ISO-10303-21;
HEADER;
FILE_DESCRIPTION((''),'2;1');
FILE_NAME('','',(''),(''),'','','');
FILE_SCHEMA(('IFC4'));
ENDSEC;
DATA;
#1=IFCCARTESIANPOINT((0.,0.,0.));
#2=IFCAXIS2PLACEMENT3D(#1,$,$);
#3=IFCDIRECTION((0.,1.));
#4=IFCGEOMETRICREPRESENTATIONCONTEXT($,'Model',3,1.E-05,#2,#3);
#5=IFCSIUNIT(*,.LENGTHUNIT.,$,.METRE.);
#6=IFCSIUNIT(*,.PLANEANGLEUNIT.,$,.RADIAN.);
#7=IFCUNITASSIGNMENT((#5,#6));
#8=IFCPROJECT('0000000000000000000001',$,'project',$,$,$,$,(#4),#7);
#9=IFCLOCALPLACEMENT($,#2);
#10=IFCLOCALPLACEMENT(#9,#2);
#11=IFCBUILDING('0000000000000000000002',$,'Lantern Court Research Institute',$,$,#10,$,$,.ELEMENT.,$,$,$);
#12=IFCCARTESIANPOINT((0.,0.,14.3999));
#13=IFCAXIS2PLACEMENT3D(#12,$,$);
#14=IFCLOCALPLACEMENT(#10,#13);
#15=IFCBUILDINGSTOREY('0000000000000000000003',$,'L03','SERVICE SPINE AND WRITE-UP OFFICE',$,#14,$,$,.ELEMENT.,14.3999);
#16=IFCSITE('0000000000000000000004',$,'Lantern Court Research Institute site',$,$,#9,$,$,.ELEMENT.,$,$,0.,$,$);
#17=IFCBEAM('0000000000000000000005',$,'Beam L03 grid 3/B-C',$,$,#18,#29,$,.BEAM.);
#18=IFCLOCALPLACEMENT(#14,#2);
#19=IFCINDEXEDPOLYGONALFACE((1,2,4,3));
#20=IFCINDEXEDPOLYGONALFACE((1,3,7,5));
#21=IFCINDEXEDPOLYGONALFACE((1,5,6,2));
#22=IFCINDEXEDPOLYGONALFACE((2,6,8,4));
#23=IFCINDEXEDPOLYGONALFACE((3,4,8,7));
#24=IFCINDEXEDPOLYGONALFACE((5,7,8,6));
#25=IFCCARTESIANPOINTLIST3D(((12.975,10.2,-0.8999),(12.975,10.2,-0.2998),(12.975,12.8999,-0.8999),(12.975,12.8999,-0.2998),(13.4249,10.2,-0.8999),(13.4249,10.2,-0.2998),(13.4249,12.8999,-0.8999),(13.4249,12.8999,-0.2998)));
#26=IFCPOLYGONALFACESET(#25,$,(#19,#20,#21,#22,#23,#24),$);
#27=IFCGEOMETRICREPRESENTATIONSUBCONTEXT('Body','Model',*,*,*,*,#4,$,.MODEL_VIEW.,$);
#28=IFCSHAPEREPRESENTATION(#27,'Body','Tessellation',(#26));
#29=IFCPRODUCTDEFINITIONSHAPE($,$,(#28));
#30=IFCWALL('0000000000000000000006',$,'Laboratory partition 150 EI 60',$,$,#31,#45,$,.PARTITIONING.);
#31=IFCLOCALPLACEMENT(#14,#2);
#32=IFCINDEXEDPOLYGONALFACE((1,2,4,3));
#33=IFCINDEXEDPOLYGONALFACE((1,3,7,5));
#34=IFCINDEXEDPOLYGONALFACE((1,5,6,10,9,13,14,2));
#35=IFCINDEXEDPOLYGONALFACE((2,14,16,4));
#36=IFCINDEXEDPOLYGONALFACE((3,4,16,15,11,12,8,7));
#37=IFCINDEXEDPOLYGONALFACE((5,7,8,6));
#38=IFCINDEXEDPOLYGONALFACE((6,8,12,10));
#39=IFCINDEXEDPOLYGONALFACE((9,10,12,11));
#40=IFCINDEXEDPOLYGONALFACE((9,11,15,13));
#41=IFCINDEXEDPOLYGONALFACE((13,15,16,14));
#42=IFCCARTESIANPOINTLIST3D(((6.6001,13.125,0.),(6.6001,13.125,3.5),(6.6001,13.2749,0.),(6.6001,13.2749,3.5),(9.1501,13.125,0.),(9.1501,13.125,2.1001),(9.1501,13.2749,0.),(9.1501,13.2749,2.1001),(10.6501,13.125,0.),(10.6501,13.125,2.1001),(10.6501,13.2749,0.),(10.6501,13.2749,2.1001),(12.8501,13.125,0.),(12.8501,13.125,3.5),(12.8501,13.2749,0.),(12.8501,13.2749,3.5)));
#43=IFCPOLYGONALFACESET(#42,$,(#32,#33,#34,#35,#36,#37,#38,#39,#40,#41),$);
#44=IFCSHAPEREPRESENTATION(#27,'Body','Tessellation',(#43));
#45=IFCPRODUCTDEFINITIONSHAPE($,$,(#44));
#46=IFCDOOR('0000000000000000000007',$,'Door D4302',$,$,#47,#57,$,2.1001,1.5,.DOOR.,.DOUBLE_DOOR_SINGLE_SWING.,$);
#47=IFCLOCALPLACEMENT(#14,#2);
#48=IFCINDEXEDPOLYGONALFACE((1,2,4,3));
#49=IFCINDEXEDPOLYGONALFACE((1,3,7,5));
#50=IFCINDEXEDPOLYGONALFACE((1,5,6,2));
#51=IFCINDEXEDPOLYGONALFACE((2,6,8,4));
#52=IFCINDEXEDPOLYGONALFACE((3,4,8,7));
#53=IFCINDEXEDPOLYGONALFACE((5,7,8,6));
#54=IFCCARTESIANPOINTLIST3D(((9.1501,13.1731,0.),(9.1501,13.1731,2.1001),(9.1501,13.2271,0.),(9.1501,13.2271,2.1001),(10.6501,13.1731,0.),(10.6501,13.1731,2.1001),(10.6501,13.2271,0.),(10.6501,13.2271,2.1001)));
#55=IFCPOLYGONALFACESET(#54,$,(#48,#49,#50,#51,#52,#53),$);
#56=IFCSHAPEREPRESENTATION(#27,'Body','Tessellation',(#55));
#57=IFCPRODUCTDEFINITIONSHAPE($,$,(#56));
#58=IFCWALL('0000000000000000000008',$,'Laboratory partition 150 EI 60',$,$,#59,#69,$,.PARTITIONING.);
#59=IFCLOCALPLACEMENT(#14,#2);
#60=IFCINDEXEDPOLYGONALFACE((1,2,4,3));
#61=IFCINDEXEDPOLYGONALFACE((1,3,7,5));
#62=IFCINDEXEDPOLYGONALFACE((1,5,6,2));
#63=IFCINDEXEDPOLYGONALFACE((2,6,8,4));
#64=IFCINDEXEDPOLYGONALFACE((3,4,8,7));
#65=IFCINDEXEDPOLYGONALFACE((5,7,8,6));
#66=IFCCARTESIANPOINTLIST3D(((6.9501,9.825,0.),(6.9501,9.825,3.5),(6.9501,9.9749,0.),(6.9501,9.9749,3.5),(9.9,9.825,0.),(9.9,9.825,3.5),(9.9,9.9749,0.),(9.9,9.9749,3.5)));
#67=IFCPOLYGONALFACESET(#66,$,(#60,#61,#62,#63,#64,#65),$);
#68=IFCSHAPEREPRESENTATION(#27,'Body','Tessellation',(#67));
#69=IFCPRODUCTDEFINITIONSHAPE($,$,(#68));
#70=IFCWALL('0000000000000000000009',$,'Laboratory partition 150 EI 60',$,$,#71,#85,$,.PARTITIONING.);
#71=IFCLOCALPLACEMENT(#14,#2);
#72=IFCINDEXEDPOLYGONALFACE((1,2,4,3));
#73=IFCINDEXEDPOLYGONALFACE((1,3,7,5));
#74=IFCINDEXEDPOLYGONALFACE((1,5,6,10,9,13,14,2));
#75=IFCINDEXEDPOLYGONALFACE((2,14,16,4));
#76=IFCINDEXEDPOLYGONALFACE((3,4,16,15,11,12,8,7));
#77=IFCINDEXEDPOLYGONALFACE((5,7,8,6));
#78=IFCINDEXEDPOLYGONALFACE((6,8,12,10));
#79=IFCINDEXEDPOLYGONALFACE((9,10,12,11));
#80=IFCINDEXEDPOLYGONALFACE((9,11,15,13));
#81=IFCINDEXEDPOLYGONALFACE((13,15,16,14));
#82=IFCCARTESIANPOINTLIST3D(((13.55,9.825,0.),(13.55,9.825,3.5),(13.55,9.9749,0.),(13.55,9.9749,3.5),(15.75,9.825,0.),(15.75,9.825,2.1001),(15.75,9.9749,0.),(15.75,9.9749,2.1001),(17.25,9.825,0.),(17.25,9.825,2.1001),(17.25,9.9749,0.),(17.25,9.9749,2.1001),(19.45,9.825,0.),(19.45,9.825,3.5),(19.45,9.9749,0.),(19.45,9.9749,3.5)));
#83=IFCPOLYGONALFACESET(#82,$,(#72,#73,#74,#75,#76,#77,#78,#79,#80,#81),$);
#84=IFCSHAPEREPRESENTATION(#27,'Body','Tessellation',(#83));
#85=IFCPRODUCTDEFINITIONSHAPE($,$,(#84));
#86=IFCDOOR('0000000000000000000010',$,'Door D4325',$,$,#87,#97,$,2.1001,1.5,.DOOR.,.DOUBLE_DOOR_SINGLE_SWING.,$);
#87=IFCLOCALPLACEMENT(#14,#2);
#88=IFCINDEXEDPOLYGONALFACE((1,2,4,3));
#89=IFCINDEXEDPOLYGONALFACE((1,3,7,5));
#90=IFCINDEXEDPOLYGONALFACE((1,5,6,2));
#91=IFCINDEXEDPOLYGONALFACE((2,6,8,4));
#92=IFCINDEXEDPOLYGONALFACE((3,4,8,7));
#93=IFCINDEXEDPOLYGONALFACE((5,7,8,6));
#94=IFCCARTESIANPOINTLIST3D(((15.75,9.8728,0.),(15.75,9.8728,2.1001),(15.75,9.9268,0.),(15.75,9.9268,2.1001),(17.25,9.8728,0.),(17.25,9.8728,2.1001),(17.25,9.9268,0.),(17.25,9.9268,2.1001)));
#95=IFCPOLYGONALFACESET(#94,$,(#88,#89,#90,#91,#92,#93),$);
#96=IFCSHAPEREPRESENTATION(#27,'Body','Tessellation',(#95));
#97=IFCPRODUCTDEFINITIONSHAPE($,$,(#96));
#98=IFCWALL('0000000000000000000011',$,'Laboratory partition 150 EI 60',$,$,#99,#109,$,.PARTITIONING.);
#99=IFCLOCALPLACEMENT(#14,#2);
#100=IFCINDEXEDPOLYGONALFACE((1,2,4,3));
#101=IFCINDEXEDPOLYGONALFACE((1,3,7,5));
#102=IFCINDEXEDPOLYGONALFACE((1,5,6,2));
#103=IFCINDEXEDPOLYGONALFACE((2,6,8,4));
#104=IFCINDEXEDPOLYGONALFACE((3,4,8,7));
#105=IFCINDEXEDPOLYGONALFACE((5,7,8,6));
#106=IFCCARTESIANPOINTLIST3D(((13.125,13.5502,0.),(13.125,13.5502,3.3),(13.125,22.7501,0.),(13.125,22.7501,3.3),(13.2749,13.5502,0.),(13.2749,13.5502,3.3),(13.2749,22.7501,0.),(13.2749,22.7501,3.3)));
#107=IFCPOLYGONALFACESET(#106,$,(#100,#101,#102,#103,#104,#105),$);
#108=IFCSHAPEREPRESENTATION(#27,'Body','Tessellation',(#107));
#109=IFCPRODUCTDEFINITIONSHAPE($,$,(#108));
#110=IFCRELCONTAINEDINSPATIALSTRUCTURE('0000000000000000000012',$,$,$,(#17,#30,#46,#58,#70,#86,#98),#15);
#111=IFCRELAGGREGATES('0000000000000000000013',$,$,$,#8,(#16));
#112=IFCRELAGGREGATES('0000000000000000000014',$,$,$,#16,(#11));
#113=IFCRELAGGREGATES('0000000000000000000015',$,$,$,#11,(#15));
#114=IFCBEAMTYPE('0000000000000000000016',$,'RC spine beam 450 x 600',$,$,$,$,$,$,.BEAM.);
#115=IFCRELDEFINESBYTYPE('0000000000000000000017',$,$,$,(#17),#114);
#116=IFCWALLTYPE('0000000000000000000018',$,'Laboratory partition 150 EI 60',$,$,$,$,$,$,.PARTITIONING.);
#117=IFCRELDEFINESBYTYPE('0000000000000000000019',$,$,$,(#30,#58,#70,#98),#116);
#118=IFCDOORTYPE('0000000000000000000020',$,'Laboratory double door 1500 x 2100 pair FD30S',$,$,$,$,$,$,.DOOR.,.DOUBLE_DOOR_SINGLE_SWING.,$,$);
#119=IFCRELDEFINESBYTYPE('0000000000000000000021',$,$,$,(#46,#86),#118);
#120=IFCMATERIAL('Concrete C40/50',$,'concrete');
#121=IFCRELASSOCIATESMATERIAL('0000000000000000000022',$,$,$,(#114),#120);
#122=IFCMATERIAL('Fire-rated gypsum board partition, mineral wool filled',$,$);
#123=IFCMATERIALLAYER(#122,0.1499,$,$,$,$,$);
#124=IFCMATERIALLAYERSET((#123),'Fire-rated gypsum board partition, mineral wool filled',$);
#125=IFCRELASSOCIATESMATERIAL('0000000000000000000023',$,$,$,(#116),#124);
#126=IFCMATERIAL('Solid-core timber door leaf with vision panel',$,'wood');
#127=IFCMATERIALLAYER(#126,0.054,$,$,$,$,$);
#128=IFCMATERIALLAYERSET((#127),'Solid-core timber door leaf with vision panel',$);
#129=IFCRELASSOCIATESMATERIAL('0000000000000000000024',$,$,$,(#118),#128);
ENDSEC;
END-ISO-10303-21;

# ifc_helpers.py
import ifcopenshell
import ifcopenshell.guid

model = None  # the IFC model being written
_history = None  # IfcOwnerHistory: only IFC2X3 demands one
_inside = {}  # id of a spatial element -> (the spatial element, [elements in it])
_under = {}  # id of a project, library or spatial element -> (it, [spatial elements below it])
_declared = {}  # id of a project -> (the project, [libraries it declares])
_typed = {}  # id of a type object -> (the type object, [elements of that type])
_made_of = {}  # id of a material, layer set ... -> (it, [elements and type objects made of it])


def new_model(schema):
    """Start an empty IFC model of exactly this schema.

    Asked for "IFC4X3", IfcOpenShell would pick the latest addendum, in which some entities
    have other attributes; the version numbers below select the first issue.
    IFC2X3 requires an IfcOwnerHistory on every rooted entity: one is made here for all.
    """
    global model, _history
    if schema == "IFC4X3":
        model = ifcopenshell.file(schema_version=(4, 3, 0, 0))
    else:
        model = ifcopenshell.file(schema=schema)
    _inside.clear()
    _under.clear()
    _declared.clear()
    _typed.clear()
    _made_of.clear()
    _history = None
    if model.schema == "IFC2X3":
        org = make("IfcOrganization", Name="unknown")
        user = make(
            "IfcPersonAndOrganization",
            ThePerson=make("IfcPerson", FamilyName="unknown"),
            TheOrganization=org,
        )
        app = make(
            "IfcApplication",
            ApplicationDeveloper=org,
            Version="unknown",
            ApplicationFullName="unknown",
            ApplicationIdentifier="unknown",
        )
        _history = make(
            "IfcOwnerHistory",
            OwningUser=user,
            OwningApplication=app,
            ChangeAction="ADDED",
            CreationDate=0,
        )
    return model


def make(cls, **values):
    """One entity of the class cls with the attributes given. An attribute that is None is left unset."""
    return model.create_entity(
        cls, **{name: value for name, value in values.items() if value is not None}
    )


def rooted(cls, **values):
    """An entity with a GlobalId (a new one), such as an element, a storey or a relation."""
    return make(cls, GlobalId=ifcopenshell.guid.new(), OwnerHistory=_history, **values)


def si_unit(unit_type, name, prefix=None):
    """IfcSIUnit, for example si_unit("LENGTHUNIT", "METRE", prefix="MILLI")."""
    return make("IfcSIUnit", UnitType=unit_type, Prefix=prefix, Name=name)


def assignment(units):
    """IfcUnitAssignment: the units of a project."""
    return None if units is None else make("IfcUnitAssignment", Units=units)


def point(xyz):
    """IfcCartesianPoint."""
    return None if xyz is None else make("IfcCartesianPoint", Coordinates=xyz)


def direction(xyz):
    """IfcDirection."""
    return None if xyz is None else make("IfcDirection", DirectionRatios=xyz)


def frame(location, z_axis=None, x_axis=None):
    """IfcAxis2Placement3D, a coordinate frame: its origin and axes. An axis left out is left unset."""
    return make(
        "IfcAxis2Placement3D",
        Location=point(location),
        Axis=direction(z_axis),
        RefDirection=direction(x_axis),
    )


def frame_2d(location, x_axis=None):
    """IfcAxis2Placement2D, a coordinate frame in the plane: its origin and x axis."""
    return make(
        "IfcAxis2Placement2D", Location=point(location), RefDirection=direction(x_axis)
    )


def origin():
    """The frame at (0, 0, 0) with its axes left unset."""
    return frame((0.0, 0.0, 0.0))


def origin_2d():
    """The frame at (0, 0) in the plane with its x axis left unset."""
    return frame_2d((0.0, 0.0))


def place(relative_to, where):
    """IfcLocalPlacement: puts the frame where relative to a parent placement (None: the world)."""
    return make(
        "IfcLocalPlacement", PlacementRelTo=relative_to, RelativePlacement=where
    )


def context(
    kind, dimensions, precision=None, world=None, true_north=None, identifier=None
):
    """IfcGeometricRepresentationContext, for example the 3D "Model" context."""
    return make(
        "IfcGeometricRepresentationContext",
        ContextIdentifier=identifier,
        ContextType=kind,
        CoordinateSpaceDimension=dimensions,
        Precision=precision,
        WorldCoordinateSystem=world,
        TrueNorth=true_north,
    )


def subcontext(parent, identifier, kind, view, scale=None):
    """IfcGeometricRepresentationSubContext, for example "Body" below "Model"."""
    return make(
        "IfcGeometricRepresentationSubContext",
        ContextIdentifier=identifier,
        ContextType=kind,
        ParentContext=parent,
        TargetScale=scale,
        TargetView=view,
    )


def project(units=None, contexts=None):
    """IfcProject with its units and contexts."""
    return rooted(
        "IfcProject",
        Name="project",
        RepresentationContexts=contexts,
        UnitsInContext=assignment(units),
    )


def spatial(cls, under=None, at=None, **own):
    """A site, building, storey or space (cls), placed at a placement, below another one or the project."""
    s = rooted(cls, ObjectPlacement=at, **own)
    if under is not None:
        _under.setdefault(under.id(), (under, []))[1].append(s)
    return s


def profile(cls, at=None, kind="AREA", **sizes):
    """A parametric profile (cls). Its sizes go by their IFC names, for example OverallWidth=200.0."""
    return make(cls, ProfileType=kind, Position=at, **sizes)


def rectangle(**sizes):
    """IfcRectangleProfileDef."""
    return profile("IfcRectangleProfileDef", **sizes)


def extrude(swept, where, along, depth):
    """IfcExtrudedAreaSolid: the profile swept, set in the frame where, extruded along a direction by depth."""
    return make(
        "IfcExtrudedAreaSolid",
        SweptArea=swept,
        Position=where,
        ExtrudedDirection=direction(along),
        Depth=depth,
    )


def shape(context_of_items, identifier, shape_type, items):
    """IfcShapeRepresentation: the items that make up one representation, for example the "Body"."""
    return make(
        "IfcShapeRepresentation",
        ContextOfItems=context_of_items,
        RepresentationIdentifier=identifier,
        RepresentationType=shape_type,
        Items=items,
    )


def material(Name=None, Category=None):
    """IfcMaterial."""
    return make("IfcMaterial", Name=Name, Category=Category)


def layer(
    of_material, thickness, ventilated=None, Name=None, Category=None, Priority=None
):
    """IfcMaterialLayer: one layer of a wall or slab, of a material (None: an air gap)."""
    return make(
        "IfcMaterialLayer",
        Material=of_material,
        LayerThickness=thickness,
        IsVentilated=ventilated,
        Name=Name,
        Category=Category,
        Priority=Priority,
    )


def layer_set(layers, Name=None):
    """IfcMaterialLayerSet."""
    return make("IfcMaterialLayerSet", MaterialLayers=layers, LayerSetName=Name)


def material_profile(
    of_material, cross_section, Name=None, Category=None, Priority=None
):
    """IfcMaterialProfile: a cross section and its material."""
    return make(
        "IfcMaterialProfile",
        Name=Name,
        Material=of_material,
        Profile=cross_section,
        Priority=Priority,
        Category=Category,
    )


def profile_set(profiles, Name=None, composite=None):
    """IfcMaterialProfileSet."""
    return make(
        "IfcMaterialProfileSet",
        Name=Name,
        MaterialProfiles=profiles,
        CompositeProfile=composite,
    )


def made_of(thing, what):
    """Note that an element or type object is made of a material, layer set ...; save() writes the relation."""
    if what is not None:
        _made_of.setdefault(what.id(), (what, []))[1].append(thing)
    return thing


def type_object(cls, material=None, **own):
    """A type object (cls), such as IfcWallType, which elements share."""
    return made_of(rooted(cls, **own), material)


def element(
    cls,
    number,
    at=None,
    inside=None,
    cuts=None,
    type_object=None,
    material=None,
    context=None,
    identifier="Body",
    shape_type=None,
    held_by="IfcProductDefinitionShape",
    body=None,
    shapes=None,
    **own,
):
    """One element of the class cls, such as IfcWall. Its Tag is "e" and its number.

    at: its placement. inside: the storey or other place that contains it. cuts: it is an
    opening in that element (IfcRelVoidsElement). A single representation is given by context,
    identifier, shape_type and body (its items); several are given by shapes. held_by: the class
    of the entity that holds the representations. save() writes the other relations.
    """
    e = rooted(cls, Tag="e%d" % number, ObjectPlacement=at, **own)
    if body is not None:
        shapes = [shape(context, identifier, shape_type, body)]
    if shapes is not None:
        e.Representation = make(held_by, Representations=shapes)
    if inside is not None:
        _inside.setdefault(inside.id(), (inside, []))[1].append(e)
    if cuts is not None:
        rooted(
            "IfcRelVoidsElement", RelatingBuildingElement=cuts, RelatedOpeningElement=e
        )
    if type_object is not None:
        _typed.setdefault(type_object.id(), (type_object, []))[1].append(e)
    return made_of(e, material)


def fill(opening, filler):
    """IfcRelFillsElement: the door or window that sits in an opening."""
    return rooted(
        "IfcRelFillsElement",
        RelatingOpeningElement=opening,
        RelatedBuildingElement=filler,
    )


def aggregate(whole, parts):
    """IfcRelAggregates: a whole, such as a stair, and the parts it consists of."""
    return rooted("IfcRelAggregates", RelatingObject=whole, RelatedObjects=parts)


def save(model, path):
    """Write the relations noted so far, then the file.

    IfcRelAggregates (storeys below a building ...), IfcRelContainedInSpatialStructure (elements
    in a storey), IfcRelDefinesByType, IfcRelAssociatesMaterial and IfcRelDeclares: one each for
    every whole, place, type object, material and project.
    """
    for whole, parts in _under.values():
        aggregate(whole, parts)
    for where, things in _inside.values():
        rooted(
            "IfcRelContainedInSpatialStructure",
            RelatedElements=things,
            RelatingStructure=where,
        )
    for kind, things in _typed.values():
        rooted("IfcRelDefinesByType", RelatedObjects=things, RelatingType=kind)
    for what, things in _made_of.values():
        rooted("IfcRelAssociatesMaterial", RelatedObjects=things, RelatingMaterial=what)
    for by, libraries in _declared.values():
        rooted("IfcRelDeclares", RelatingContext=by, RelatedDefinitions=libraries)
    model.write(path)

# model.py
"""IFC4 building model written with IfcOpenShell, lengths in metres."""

from ifc_helpers import new_model, si_unit, direction, frame, frame_2d, origin, origin_2d, place, context, subcontext, project, spatial, rectangle, extrude, material, layer, layer_set, material_profile, profile_set, type_object, element, fill, save


model = new_model("IFC4")

# Units and contexts
model_context = context("Model", 3, precision=1e-05, world=origin(), true_north=direction((0.0, 1.0)))
body_context = subcontext(model_context, "Body", "Model", "MODEL_VIEW")
ifc_project = project(units=[si_unit("LENGTHUNIT", "METRE"), si_unit("PLANEANGLEUNIT", "RADIAN")], contexts=[model_context])

# Site, building, storey
site_placement = place(None, origin())
site = spatial("IfcSite", under=ifc_project, at=site_placement, Name="Lantern Court Research Institute site", CompositionType="ELEMENT", RefElevation=0.0)
building_placement = place(site_placement, origin())
building = spatial("IfcBuilding", under=site, at=building_placement, Name="Lantern Court Research Institute", CompositionType="ELEMENT")
storey_placement = place(building_placement, frame((0.0, 0.0, 14.3999)))
storey = spatial("IfcBuildingStorey", under=building, at=storey_placement, Name="L03", Description="SERVICE SPINE AND WRITE-UP OFFICE", CompositionType="ELEMENT", Elevation=14.3999)

# Beam
ifc_material_1 = material(Name="Concrete C40/50", Category="concrete")
ifc_material_profile_1 = material_profile(ifc_material_1, rectangle(XDim=0.45, YDim=0.6001, at=origin_2d()), Name="RC beam 450 x 600")
ifc_profile_set_1 = profile_set([ifc_material_profile_1], Name="Concrete C40/50")
beam_type_1 = type_object("IfcBeamType", Name="RC spine beam 450 x 600", PredefinedType="BEAM", material=ifc_profile_set_1)
beam_1_placement = place(storey_placement, frame((13.2, 10.2, -0.5999), z_axis=(0.0, 1.0, 0.0), x_axis=(-1.0, 0.0, 0.0)))
element("IfcBeam", 1, at=beam_1_placement, inside=storey, type_object=beam_type_1, Name="Beam L03 grid 3/B-C", PredefinedType="BEAM", context=body_context, shape_type="SweptSolid", body=[
    extrude(rectangle(XDim=0.45, YDim=0.6001, at=origin_2d()), origin(), (0.0, 0.0, 1.0), 2.7),
])

# Wall, opening, door
ifc_material_2 = material(Name="Fire-rated gypsum board partition, mineral wool filled")
ifc_layer_1 = layer(ifc_material_2, 0.1499)
ifc_layer_set_1 = layer_set([ifc_layer_1], Name="Fire-rated gypsum board partition, mineral wool filled")
wall_type = type_object("IfcWallType", Name="Laboratory partition 150 EI 60", PredefinedType="PARTITIONING", material=ifc_layer_set_1)
wall_1_placement = place(storey_placement, frame((12.8501, 13.2, 0.0), z_axis=(0.0, 0.0, 1.0), x_axis=(-1.0, 0.0, 0.0)))
wall_1 = element("IfcWall", 2, at=wall_1_placement, inside=storey, type_object=wall_type, Name="Laboratory partition 150 EI 60", PredefinedType="PARTITIONING", context=body_context, shape_type="SweptSolid", body=[
    extrude(rectangle(XDim=6.25, YDim=0.1499, at=frame_2d((3.125, 0.0))), origin(), (0.0, 0.0, 1.0), 3.5),
])
opening_1_placement = place(wall_1_placement, frame((2.2, 0.0, 0.0)))
opening_1 = element("IfcOpeningElement", 3, at=opening_1_placement, cuts=wall_1, PredefinedType="OPENING", context=body_context, shape_type="SweptSolid", body=[
    extrude(rectangle(XDim=1.5, YDim=2.1001, at=frame_2d((0.75, 1.05))), frame((0.0, 0.085, 0.0), z_axis=(0.0, -1.0, 0.0), x_axis=(1.0, 0.0, 0.0)), (0.0, 0.0, 1.0), 0.1699),
])
ifc_material_3 = material(Name="Solid-core timber door leaf with vision panel", Category="wood")
ifc_layer_2 = layer(ifc_material_3, 0.054)
ifc_layer_set_2 = layer_set([ifc_layer_2], Name="Solid-core timber door leaf with vision panel")
door_type = type_object("IfcDoorType", Name="Laboratory double door 1500 x 2100 pair FD30S", OperationType="DOUBLE_DOOR_SINGLE_SWING", PredefinedType="DOOR", material=ifc_layer_set_2)
door_1_placement = place(opening_1_placement, origin())
door_1 = element("IfcDoor", 4, at=door_1_placement, inside=storey, type_object=door_type, Name="Door D4302", OperationType="DOUBLE_DOOR_SINGLE_SWING", OverallHeight=2.1001, OverallWidth=1.5, PredefinedType="DOOR", context=body_context, shape_type="SweptSolid", body=[
    extrude(rectangle(XDim=1.5, YDim=2.1001, at=frame_2d((0.75, 1.05))), frame((0.0, 0.0269, 0.0), z_axis=(0.0, -1.0, 0.0), x_axis=(1.0, 0.0, 0.0)), (0.0, 0.0, 1.0), 0.054),
])
fill(opening_1, door_1)

# Wall
wall_2_placement = place(storey_placement, frame((6.95, 9.8999, 0.0), z_axis=(0.0, 0.0, 1.0), x_axis=(1.0, 0.0, 0.0)))
element("IfcWall", 5, at=wall_2_placement, inside=storey, type_object=wall_type, Name="Laboratory partition 150 EI 60", PredefinedType="PARTITIONING", context=body_context, shape_type="SweptSolid", body=[
    extrude(rectangle(XDim=2.95, YDim=0.1499, at=frame_2d((1.4751, 0.0))), origin(), (0.0, 0.0, 1.0), 3.5),
])

# Wall, opening, door
wall_3_placement = place(storey_placement, frame((13.55, 9.8999, 0.0), z_axis=(0.0, 0.0, 1.0), x_axis=(1.0, 0.0, 0.0)))
wall_3 = element("IfcWall", 6, at=wall_3_placement, inside=storey, type_object=wall_type, Name="Laboratory partition 150 EI 60", PredefinedType="PARTITIONING", context=body_context, shape_type="SweptSolid", body=[
    extrude(rectangle(XDim=5.8999, YDim=0.1499, at=frame_2d((2.95, 0.0))), origin(), (0.0, 0.0, 1.0), 3.5),
])
opening_2_placement = place(wall_3_placement, frame((2.2, 0.0, 0.0)))
opening_2 = element("IfcOpeningElement", 7, at=opening_2_placement, cuts=wall_3, PredefinedType="OPENING", context=body_context, shape_type="SweptSolid", body=[
    extrude(rectangle(XDim=1.5, YDim=2.1001, at=frame_2d((0.75, 1.05))), frame((0.0, 0.085, 0.0), z_axis=(0.0, -1.0, 0.0), x_axis=(1.0, 0.0, 0.0)), (0.0, 0.0, 1.0), 0.1699),
])
door_2_placement = place(opening_2_placement, origin())
door_2 = element("IfcDoor", 8, at=door_2_placement, inside=storey, type_object=door_type, Name="Door D4325", OperationType="DOUBLE_DOOR_SINGLE_SWING", OverallHeight=2.1001, OverallWidth=1.5, PredefinedType="DOOR", context=body_context, shape_type="SweptSolid", body=[
    extrude(rectangle(XDim=1.5, YDim=2.1001, at=frame_2d((0.75, 1.05))), frame((0.0, 0.0269, 0.0), z_axis=(0.0, -1.0, 0.0), x_axis=(1.0, 0.0, 0.0)), (0.0, 0.0, 1.0), 0.054),
])
fill(opening_2, door_2)

# Wall
wall_4_placement = place(storey_placement, frame((13.2, 13.55, 0.0), z_axis=(0.0, 0.0, 1.0), x_axis=(0.0, 1.0, 0.0)))
element("IfcWall", 9, at=wall_4_placement, inside=storey, type_object=wall_type, Name="Laboratory partition 150 EI 60", PredefinedType="PARTITIONING", context=body_context, shape_type="SweptSolid", body=[
    extrude(rectangle(XDim=9.2, YDim=0.1499, at=frame_2d((4.6001, 0.0))), origin(), (0.0, 0.0, 1.0), 3.3),
])

save(model, "model.ifc")
